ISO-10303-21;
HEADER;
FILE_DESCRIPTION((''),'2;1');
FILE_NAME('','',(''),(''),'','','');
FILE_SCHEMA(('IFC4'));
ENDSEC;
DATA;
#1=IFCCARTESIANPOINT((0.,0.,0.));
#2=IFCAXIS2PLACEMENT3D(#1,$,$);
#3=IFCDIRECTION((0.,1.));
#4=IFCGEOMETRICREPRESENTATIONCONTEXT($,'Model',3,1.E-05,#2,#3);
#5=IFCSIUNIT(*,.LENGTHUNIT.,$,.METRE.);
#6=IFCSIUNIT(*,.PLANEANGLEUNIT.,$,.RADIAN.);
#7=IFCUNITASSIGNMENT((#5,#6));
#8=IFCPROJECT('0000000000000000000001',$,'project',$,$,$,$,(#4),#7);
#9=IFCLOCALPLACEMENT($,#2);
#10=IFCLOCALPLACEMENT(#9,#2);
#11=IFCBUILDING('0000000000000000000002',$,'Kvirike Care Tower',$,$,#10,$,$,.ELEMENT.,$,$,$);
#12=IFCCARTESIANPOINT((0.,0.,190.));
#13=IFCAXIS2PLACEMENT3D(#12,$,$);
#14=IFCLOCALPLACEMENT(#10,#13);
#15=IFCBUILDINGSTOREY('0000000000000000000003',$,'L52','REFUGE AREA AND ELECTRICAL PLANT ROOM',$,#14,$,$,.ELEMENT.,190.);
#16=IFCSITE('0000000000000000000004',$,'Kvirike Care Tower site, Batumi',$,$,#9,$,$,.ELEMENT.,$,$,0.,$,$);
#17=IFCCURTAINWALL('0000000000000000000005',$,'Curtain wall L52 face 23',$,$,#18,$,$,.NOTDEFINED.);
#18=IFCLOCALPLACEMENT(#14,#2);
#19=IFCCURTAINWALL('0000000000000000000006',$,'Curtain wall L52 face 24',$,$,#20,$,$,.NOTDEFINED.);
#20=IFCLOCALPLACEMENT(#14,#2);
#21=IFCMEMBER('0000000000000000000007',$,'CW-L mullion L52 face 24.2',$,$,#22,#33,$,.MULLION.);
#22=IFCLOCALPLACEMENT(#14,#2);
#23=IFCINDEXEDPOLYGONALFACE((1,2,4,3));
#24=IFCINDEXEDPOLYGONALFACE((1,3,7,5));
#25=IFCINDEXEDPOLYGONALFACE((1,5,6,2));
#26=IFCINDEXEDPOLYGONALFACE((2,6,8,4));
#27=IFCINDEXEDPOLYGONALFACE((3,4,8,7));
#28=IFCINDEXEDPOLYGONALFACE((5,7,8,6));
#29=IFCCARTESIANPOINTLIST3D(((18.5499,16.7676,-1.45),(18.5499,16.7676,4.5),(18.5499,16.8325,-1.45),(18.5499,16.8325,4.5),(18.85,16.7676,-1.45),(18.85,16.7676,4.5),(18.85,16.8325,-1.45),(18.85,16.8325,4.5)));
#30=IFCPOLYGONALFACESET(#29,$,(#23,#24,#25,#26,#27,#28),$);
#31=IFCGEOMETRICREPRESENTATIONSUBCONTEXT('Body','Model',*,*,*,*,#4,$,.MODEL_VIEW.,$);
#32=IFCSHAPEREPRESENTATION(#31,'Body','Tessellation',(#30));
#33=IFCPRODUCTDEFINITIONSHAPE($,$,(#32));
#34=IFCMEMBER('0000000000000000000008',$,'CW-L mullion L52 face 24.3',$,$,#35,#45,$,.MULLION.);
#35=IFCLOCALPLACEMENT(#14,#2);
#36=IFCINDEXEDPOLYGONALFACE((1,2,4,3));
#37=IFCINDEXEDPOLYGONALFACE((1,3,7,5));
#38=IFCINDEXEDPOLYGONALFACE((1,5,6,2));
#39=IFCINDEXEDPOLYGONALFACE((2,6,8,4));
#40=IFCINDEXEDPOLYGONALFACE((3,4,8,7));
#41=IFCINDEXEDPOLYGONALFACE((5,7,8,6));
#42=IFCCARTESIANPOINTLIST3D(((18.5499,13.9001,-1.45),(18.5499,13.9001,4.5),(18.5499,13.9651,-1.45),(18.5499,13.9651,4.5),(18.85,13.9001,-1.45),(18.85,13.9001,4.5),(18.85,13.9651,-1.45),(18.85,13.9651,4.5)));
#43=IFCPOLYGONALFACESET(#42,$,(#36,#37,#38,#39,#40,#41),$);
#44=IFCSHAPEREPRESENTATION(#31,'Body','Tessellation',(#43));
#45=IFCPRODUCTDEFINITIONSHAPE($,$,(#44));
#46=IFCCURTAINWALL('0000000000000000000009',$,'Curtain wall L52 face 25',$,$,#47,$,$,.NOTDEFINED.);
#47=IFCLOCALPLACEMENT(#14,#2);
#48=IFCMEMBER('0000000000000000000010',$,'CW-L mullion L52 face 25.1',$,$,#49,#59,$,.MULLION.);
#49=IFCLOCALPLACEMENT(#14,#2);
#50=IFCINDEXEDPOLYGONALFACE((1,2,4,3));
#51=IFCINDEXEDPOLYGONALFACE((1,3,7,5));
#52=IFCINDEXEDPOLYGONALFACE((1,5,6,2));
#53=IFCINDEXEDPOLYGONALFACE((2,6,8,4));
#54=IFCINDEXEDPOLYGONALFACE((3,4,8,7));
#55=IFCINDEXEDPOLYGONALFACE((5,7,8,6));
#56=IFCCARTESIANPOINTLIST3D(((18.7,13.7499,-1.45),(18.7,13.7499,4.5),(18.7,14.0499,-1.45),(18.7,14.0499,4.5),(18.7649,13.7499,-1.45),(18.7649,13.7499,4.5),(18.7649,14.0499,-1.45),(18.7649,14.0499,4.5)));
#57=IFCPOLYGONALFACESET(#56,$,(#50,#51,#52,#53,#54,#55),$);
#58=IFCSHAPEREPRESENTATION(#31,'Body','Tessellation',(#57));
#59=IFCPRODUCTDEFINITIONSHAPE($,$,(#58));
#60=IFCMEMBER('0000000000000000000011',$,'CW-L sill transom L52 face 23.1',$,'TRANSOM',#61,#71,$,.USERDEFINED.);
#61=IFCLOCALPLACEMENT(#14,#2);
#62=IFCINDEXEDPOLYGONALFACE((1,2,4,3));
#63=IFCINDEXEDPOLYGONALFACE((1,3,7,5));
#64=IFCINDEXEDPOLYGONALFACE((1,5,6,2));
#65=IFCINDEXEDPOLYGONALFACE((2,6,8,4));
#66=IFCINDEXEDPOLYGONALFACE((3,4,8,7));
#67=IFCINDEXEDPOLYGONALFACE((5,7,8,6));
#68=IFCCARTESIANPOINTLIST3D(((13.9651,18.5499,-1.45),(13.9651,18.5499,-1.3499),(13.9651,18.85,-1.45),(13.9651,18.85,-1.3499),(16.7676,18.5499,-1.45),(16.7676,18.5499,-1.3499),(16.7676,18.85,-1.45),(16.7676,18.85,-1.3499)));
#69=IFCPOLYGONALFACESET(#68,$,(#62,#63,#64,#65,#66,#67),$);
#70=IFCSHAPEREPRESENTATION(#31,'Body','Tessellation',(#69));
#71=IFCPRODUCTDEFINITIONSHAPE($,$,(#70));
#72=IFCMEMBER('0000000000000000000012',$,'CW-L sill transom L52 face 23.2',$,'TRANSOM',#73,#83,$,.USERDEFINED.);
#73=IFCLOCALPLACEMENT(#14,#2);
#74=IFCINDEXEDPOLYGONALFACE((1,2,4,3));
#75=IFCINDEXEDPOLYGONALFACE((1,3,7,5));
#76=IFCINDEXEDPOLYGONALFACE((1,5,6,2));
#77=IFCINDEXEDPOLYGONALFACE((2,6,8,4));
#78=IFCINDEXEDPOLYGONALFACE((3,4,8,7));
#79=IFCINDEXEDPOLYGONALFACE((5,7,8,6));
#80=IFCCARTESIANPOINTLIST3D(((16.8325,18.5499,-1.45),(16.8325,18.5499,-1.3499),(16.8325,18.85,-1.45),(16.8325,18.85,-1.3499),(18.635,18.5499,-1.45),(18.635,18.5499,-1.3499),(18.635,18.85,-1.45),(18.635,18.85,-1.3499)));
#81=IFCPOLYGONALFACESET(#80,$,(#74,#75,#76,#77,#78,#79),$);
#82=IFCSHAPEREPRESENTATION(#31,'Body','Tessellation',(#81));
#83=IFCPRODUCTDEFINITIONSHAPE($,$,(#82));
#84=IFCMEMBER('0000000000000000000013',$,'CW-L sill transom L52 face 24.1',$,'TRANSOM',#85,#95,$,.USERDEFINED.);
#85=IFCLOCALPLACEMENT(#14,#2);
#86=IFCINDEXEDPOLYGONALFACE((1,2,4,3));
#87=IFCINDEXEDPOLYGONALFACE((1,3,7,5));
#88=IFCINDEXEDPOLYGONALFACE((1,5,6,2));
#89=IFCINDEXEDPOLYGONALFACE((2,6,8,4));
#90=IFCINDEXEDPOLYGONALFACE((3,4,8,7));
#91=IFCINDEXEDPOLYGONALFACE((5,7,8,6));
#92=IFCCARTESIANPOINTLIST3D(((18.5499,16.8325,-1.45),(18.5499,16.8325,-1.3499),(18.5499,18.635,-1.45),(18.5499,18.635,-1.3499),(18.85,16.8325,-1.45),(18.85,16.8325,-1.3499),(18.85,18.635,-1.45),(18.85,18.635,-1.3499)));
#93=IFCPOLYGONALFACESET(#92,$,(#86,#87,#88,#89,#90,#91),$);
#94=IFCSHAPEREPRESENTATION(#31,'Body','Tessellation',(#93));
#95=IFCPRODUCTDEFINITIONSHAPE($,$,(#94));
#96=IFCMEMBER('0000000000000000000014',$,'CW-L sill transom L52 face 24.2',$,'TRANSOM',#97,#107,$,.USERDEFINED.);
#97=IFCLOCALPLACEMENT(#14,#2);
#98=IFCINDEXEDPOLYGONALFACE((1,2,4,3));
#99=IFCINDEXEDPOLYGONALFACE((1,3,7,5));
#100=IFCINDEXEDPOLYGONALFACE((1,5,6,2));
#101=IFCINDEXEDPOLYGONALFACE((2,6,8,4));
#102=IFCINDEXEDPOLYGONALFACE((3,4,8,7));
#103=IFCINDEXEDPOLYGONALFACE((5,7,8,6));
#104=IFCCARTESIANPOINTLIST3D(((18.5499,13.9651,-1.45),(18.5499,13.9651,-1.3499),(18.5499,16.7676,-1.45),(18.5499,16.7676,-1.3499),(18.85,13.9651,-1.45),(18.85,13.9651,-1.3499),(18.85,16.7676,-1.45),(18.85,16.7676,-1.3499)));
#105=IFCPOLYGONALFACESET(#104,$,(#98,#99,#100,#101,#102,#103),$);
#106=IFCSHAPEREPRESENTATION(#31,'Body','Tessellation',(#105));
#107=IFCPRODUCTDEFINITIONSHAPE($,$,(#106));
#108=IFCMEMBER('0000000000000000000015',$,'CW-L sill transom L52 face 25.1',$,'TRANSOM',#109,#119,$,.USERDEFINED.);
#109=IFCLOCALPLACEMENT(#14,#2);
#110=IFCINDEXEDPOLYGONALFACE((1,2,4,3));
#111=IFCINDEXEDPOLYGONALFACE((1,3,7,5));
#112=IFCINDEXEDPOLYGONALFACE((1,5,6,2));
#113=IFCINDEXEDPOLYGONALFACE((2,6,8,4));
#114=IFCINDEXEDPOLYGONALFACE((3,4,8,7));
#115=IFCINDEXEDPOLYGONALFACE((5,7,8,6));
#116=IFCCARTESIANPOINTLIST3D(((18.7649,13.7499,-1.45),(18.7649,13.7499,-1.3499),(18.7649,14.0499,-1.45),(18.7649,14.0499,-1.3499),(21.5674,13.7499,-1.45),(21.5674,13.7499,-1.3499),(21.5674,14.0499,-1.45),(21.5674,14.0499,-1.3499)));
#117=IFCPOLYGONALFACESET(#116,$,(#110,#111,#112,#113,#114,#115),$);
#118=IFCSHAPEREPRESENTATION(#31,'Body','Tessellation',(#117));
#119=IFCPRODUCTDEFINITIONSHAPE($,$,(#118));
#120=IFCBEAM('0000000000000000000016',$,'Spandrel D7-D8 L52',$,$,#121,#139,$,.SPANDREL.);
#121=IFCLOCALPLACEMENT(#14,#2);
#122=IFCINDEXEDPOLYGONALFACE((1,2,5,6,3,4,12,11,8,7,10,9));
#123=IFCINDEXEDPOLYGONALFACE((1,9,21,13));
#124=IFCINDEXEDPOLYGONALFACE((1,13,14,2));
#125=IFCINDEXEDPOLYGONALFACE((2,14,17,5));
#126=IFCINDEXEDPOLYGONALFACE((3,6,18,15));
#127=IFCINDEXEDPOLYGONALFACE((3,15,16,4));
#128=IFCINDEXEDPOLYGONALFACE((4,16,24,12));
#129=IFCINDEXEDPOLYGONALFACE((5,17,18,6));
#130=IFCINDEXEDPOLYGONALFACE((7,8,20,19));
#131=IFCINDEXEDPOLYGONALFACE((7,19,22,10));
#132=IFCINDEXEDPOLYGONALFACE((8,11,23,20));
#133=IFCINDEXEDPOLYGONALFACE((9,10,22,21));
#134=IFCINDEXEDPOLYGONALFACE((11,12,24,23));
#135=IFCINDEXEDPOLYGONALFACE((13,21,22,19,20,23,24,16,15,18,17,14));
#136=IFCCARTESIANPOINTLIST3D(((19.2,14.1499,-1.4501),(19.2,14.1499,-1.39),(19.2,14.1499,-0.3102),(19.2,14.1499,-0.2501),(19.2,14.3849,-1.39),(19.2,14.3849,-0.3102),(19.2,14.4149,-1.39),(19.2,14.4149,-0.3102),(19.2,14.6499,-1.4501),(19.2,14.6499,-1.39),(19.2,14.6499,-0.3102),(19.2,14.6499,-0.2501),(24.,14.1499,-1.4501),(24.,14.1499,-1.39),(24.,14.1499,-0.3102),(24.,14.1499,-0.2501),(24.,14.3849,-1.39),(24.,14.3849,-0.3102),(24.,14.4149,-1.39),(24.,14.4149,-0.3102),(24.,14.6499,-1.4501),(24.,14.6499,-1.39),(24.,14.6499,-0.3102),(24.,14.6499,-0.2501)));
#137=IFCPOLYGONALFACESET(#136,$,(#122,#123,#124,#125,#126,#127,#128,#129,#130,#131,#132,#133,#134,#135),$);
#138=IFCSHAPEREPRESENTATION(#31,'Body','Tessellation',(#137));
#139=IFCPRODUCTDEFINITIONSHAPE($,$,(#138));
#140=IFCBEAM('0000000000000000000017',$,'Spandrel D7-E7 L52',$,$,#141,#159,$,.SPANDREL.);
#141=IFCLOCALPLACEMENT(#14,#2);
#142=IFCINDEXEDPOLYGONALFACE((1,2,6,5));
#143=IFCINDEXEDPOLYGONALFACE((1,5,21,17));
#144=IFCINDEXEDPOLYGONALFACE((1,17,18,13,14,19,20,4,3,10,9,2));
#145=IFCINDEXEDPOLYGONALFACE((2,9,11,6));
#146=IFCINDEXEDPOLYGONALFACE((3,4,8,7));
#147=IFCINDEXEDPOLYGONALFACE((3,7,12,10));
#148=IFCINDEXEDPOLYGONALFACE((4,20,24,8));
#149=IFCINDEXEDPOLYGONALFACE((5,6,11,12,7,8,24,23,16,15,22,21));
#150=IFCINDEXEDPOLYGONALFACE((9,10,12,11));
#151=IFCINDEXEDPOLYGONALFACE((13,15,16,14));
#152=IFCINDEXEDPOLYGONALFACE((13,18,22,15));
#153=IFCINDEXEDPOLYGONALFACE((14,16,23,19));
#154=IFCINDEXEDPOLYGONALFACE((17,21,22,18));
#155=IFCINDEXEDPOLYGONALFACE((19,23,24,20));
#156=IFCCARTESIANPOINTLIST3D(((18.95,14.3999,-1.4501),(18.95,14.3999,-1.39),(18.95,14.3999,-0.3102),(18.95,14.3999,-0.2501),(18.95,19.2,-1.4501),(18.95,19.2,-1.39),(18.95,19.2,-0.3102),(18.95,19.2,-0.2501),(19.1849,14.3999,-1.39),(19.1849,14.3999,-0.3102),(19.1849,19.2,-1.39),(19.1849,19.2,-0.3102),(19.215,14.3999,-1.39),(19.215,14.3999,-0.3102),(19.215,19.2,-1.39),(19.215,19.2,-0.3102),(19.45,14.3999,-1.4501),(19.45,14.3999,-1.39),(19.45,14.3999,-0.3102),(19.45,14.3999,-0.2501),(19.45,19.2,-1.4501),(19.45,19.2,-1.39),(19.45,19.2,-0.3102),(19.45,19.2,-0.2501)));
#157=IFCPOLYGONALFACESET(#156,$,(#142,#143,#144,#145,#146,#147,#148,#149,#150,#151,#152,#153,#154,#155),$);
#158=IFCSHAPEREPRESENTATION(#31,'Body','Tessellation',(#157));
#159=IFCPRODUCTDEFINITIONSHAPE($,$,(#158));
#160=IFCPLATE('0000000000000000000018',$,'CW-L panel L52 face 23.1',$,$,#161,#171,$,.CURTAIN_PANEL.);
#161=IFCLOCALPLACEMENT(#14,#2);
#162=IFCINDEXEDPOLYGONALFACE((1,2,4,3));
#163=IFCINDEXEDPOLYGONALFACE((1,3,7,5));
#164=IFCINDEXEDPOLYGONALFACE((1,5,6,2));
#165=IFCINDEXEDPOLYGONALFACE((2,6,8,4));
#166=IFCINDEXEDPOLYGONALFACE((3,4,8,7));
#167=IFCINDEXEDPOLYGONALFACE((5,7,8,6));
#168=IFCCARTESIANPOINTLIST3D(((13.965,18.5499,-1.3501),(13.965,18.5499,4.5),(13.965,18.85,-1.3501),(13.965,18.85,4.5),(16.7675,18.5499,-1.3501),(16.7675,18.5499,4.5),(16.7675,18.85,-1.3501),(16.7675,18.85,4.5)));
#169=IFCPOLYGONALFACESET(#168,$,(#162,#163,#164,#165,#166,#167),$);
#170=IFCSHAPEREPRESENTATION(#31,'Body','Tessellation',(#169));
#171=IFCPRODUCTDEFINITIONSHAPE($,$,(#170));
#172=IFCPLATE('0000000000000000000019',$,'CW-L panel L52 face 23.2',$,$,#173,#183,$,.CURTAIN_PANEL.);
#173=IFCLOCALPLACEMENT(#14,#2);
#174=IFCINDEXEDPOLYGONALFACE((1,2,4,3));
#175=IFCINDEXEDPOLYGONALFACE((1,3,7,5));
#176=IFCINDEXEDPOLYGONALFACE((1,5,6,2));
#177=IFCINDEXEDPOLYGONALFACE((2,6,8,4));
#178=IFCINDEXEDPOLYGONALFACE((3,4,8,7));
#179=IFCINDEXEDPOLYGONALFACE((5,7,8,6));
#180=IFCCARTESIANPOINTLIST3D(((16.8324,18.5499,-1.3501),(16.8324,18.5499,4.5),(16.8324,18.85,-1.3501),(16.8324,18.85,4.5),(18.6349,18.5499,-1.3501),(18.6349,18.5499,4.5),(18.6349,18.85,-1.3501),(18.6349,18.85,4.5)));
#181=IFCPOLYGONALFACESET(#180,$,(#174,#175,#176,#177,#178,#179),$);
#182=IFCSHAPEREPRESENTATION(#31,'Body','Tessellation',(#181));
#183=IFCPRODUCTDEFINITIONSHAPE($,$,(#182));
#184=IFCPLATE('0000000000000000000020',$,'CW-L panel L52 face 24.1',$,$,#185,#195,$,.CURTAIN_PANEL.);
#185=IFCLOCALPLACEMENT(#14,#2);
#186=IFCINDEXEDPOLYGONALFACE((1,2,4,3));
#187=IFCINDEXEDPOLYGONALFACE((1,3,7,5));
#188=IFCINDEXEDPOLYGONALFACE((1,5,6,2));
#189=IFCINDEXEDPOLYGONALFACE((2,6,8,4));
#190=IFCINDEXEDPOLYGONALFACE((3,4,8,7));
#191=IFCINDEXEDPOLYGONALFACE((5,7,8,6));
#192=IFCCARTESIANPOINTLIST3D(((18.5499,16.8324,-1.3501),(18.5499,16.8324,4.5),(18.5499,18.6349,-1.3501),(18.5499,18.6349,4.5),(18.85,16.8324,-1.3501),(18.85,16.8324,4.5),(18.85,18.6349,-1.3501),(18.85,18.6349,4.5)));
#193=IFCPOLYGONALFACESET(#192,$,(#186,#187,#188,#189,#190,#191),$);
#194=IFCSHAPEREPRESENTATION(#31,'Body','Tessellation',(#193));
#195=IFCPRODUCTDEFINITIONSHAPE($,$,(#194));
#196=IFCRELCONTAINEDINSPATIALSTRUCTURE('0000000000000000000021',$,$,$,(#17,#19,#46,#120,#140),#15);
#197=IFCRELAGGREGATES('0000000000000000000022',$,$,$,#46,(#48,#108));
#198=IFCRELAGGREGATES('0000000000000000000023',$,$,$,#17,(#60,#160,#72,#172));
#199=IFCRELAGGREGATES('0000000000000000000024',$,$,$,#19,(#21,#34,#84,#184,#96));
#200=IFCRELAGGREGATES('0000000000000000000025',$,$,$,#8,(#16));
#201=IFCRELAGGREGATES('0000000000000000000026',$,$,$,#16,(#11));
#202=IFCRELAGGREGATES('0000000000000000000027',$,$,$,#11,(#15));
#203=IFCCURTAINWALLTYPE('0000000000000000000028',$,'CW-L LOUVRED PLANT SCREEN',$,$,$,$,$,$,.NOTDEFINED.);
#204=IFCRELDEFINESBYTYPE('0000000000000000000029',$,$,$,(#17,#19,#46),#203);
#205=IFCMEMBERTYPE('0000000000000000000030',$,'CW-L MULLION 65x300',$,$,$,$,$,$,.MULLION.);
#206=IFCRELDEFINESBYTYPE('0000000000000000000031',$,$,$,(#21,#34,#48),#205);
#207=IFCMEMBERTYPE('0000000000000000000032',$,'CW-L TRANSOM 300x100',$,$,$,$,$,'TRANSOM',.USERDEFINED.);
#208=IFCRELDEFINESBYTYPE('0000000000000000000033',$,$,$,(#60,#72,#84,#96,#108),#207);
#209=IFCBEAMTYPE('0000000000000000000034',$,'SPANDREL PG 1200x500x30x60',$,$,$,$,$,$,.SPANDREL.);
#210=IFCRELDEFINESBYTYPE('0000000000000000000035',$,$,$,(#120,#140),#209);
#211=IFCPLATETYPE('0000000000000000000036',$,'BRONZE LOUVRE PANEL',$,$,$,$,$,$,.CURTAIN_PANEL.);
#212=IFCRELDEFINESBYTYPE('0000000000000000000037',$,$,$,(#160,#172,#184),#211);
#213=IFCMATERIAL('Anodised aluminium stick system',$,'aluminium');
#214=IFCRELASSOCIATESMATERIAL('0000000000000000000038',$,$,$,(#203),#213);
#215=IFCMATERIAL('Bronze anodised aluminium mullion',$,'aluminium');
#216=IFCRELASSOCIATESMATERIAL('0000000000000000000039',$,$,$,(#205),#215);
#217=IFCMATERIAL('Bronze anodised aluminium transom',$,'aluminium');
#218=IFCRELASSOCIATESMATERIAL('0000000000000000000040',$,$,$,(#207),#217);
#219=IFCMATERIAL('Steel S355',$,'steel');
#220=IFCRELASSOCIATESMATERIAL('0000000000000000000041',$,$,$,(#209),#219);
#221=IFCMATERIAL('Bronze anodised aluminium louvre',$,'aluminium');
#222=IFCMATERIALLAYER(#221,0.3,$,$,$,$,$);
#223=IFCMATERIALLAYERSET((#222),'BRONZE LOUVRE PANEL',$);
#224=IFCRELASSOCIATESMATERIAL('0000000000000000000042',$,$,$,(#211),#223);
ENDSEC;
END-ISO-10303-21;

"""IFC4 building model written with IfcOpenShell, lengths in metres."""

from ifc_helpers import new_model, si_unit, direction, frame, origin, origin_2d, place, context, subcontext, project, spatial, rectangle, i_section, extrude, material, layer, layer_set, material_profile, profile_set, type_object, element, aggregate, save


model = new_model("IFC4")

# Units and contexts
model_context = context("Model", 3, precision=1e-05, world=origin(), true_north=direction((0.0, 1.0)))
body_context = subcontext(model_context, "Body", "Model", "MODEL_VIEW")
ifc_project = project(units=[si_unit("LENGTHUNIT", "METRE"), si_unit("PLANEANGLEUNIT", "RADIAN")], contexts=[model_context])

# Site, building, storey
site_placement = place(None, origin())
site = spatial("IfcSite", under=ifc_project, at=site_placement, Name="Kvirike Care Tower site, Batumi", CompositionType="ELEMENT", RefElevation=0.0)
building_placement = place(site_placement, origin())
building = spatial("IfcBuilding", under=site, at=building_placement, Name="Kvirike Care Tower", CompositionType="ELEMENT")
storey_placement = place(building_placement, frame((0.0, 0.0, 190.0)))
storey = spatial("IfcBuildingStorey", under=building, at=storey_placement, Name="L52", Description="REFUGE AREA AND ELECTRICAL PLANT ROOM", CompositionType="ELEMENT", Elevation=190.0)

# Curtain walls, members
ifc_material_1 = material(Name="Anodised aluminium stick system", Category="aluminium")
curtain_wall_type = type_object("IfcCurtainWallType", Name="CW-L LOUVRED PLANT SCREEN", PredefinedType="NOTDEFINED", material=ifc_material_1)
curtain_wall_1_placement = place(storey_placement, origin())
curtain_wall_1 = element("IfcCurtainWall", 1, at=curtain_wall_1_placement, inside=storey, type_object=curtain_wall_type, Name="Curtain wall L52 face 23", PredefinedType="NOTDEFINED")
ifc_material_2 = material(Name="Bronze anodised aluminium mullion", Category="aluminium")
ifc_material_profile_1 = material_profile(ifc_material_2, rectangle(XDim=0.0649, YDim=0.3, at=origin_2d()), Name="CW-L MULLION 65x300")
ifc_profile_set_1 = profile_set([ifc_material_profile_1], Name="Bronze anodised aluminium mullion")
member_type_1 = type_object("IfcMemberType", Name="CW-L MULLION 65x300", PredefinedType="MULLION", material=ifc_profile_set_1)
curtain_wall_2_placement = place(storey_placement, origin())
curtain_wall_2 = element("IfcCurtainWall", 2, at=curtain_wall_2_placement, inside=storey, type_object=curtain_wall_type, Name="Curtain wall L52 face 24", PredefinedType="NOTDEFINED")
member_1_placement = place(storey_placement, frame((18.7, 16.8, -1.45), z_axis=(0.0, 0.0, 1.0), x_axis=(0.0, -1.0, 0.0)))
member_1 = element("IfcMember", 3, at=member_1_placement, type_object=member_type_1, Name="CW-L mullion L52 face 24.2", PredefinedType="MULLION", context=body_context, shape_type="SweptSolid", body=[
    extrude(rectangle(XDim=0.0649, YDim=0.3, at=origin_2d()), origin(), (0.0, 0.0, 1.0), 5.95),
])
member_2_placement = place(storey_placement, frame((18.7, 13.9326, -1.45), z_axis=(0.0, 0.0, 1.0), x_axis=(0.0, -1.0, 0.0)))
member_2 = element("IfcMember", 4, at=member_2_placement, type_object=member_type_1, Name="CW-L mullion L52 face 24.3", PredefinedType="MULLION", context=body_context, shape_type="SweptSolid", body=[
    extrude(rectangle(XDim=0.0649, YDim=0.3, at=origin_2d()), origin(), (0.0, 0.0, 1.0), 5.95),
])

# Curtain wall, member
curtain_wall_3_placement = place(storey_placement, origin())
curtain_wall_3 = element("IfcCurtainWall", 5, at=curtain_wall_3_placement, inside=storey, type_object=curtain_wall_type, Name="Curtain wall L52 face 25", PredefinedType="NOTDEFINED")
member_3_placement = place(storey_placement, frame((18.7324, 13.8999, -1.45), z_axis=(0.0, 0.0, 1.0), x_axis=(1.0, 0.0, 0.0)))
member_3 = element("IfcMember", 6, at=member_3_placement, type_object=member_type_1, Name="CW-L mullion L52 face 25.1", PredefinedType="MULLION", context=body_context, shape_type="SweptSolid", body=[
    extrude(rectangle(XDim=0.0649, YDim=0.3, at=origin_2d()), origin(), (0.0, 0.0, 1.0), 5.95),
])

# Members
ifc_material_3 = material(Name="Bronze anodised aluminium transom", Category="aluminium")
ifc_material_profile_2 = material_profile(ifc_material_3, rectangle(XDim=0.3, YDim=0.1001, at=origin_2d()), Name="CW-L TRANSOM 300x100")
ifc_profile_set_2 = profile_set([ifc_material_profile_2], Name="Bronze anodised aluminium transom")
member_type_2 = type_object("IfcMemberType", Name="CW-L TRANSOM 300x100", ElementType="TRANSOM", PredefinedType="USERDEFINED", material=ifc_profile_set_2)
member_4_placement = place(storey_placement, frame((13.9651, 18.7, -1.3999), z_axis=(1.0, 0.0, 0.0), x_axis=(0.0, 1.0, 0.0)))
member_4 = element("IfcMember", 7, at=member_4_placement, type_object=member_type_2, Name="CW-L sill transom L52 face 23.1", ObjectType="TRANSOM", PredefinedType="USERDEFINED", context=body_context, shape_type="SweptSolid", body=[
    extrude(rectangle(XDim=0.3, YDim=0.1001, at=origin_2d()), origin(), (0.0, 0.0, 1.0), 2.8025),
])
member_5_placement = place(storey_placement, frame((16.8325, 18.7, -1.3999), z_axis=(1.0, 0.0, 0.0), x_axis=(0.0, 1.0, 0.0)))
member_5 = element("IfcMember", 8, at=member_5_placement, type_object=member_type_2, Name="CW-L sill transom L52 face 23.2", ObjectType="TRANSOM", PredefinedType="USERDEFINED", context=body_context, shape_type="SweptSolid", body=[
    extrude(rectangle(XDim=0.3, YDim=0.1001, at=origin_2d()), origin(), (0.0, 0.0, 1.0), 1.8025),
])
member_6_placement = place(storey_placement, frame((18.7, 18.635, -1.3999), z_axis=(0.0, -1.0, 0.0), x_axis=(1.0, 0.0, 0.0)))
member_6 = element("IfcMember", 9, at=member_6_placement, type_object=member_type_2, Name="CW-L sill transom L52 face 24.1", ObjectType="TRANSOM", PredefinedType="USERDEFINED", context=body_context, shape_type="SweptSolid", body=[
    extrude(rectangle(XDim=0.3, YDim=0.1001, at=origin_2d()), origin(), (0.0, 0.0, 1.0), 1.8025),
])
member_7_placement = place(storey_placement, frame((18.7, 16.7676, -1.3999), z_axis=(0.0, -1.0, 0.0), x_axis=(1.0, 0.0, 0.0)))
member_7 = element("IfcMember", 10, at=member_7_placement, type_object=member_type_2, Name="CW-L sill transom L52 face 24.2", ObjectType="TRANSOM", PredefinedType="USERDEFINED", context=body_context, shape_type="SweptSolid", body=[
    extrude(rectangle(XDim=0.3, YDim=0.1001, at=origin_2d()), origin(), (0.0, 0.0, 1.0), 2.8025),
])
member_8_placement = place(storey_placement, frame((18.7649, 13.8999, -1.3999), z_axis=(1.0, 0.0, 0.0), x_axis=(0.0, 1.0, 0.0)))
member_8 = element("IfcMember", 11, at=member_8_placement, type_object=member_type_2, Name="CW-L sill transom L52 face 25.1", ObjectType="TRANSOM", PredefinedType="USERDEFINED", context=body_context, shape_type="SweptSolid", body=[
    extrude(rectangle(XDim=0.3, YDim=0.1001, at=origin_2d()), origin(), (0.0, 0.0, 1.0), 2.8025),
])
aggregate(curtain_wall_3, [member_3, member_8])

# Beams
ifc_material_4 = material(Name="Steel S355", Category="steel")
ifc_material_profile_3 = material_profile(ifc_material_4, i_section(OverallWidth=0.5, OverallDepth=1.2, WebThickness=0.03, FlangeThickness=0.0601, at=origin_2d()), Name="PG 1200x500x30x60")
ifc_profile_set_3 = profile_set([ifc_material_profile_3], Name="Steel S355")
beam_type = type_object("IfcBeamType", Name="SPANDREL PG 1200x500x30x60", PredefinedType="SPANDREL", material=ifc_profile_set_3)
for number, where, z_axis, x_axis, name in (
    (12, (19.2, 14.3999, -0.8501), (1.0, 0.0, 0.0), (0.0, 1.0, 0.0), "Spandrel D7-D8 L52"),
    (13, (19.2, 14.3999, -0.8501), (0.0, 1.0, 0.0), (-1.0, 0.0, 0.0), "Spandrel D7-E7 L52"),
):
    element("IfcBeam", number, at=place(storey_placement, frame(where, z_axis=z_axis, x_axis=x_axis)), inside=storey, type_object=beam_type, Name=name, PredefinedType="SPANDREL", context=body_context, shape_type="SweptSolid", body=[
        extrude(i_section(OverallWidth=0.5, OverallDepth=1.2, WebThickness=0.03, FlangeThickness=0.0601, at=origin_2d()), origin(), (0.0, 0.0, 1.0), 4.8),
    ])

# Plates
ifc_material_5 = material(Name="Bronze anodised aluminium louvre", Category="aluminium")
ifc_layer_1 = layer(ifc_material_5, 0.3)
ifc_layer_set_1 = layer_set([ifc_layer_1], Name="BRONZE LOUVRE PANEL")
plate_type = type_object("IfcPlateType", Name="BRONZE LOUVRE PANEL", PredefinedType="CURTAIN_PANEL", material=ifc_layer_set_1)
plate_1_placement = place(storey_placement, frame((15.3662, 18.7, -1.3501), z_axis=(0.0, 0.0, 1.0), x_axis=(1.0, 0.0, 0.0)))
plate_1 = element("IfcPlate", 14, at=plate_1_placement, type_object=plate_type, Name="CW-L panel L52 face 23.1", PredefinedType="CURTAIN_PANEL", context=body_context, shape_type="SweptSolid", body=[
    extrude(rectangle(XDim=2.8025, YDim=0.3, at=origin_2d()), origin(), (0.0, 0.0, 1.0), 5.8501),
])
plate_2_placement = place(storey_placement, frame((17.7336, 18.7, -1.3501), z_axis=(0.0, 0.0, 1.0), x_axis=(1.0, 0.0, 0.0)))
plate_2 = element("IfcPlate", 15, at=plate_2_placement, type_object=plate_type, Name="CW-L panel L52 face 23.2", PredefinedType="CURTAIN_PANEL", context=body_context, shape_type="SweptSolid", body=[
    extrude(rectangle(XDim=1.8025, YDim=0.3, at=origin_2d()), origin(), (0.0, 0.0, 1.0), 5.8501),
])
aggregate(curtain_wall_1, [member_4, plate_1, member_5, plate_2])
plate_3_placement = place(storey_placement, frame((18.7, 17.7336, -1.3501), z_axis=(0.0, 0.0, 1.0), x_axis=(0.0, -1.0, 0.0)))
plate_3 = element("IfcPlate", 16, at=plate_3_placement, type_object=plate_type, Name="CW-L panel L52 face 24.1", PredefinedType="CURTAIN_PANEL", context=body_context, shape_type="SweptSolid", body=[
    extrude(rectangle(XDim=1.8025, YDim=0.3, at=origin_2d()), origin(), (0.0, 0.0, 1.0), 5.8501),
])
aggregate(curtain_wall_2, [member_1, member_2, member_6, plate_3, member_7])

save(model, "model.ifc")
